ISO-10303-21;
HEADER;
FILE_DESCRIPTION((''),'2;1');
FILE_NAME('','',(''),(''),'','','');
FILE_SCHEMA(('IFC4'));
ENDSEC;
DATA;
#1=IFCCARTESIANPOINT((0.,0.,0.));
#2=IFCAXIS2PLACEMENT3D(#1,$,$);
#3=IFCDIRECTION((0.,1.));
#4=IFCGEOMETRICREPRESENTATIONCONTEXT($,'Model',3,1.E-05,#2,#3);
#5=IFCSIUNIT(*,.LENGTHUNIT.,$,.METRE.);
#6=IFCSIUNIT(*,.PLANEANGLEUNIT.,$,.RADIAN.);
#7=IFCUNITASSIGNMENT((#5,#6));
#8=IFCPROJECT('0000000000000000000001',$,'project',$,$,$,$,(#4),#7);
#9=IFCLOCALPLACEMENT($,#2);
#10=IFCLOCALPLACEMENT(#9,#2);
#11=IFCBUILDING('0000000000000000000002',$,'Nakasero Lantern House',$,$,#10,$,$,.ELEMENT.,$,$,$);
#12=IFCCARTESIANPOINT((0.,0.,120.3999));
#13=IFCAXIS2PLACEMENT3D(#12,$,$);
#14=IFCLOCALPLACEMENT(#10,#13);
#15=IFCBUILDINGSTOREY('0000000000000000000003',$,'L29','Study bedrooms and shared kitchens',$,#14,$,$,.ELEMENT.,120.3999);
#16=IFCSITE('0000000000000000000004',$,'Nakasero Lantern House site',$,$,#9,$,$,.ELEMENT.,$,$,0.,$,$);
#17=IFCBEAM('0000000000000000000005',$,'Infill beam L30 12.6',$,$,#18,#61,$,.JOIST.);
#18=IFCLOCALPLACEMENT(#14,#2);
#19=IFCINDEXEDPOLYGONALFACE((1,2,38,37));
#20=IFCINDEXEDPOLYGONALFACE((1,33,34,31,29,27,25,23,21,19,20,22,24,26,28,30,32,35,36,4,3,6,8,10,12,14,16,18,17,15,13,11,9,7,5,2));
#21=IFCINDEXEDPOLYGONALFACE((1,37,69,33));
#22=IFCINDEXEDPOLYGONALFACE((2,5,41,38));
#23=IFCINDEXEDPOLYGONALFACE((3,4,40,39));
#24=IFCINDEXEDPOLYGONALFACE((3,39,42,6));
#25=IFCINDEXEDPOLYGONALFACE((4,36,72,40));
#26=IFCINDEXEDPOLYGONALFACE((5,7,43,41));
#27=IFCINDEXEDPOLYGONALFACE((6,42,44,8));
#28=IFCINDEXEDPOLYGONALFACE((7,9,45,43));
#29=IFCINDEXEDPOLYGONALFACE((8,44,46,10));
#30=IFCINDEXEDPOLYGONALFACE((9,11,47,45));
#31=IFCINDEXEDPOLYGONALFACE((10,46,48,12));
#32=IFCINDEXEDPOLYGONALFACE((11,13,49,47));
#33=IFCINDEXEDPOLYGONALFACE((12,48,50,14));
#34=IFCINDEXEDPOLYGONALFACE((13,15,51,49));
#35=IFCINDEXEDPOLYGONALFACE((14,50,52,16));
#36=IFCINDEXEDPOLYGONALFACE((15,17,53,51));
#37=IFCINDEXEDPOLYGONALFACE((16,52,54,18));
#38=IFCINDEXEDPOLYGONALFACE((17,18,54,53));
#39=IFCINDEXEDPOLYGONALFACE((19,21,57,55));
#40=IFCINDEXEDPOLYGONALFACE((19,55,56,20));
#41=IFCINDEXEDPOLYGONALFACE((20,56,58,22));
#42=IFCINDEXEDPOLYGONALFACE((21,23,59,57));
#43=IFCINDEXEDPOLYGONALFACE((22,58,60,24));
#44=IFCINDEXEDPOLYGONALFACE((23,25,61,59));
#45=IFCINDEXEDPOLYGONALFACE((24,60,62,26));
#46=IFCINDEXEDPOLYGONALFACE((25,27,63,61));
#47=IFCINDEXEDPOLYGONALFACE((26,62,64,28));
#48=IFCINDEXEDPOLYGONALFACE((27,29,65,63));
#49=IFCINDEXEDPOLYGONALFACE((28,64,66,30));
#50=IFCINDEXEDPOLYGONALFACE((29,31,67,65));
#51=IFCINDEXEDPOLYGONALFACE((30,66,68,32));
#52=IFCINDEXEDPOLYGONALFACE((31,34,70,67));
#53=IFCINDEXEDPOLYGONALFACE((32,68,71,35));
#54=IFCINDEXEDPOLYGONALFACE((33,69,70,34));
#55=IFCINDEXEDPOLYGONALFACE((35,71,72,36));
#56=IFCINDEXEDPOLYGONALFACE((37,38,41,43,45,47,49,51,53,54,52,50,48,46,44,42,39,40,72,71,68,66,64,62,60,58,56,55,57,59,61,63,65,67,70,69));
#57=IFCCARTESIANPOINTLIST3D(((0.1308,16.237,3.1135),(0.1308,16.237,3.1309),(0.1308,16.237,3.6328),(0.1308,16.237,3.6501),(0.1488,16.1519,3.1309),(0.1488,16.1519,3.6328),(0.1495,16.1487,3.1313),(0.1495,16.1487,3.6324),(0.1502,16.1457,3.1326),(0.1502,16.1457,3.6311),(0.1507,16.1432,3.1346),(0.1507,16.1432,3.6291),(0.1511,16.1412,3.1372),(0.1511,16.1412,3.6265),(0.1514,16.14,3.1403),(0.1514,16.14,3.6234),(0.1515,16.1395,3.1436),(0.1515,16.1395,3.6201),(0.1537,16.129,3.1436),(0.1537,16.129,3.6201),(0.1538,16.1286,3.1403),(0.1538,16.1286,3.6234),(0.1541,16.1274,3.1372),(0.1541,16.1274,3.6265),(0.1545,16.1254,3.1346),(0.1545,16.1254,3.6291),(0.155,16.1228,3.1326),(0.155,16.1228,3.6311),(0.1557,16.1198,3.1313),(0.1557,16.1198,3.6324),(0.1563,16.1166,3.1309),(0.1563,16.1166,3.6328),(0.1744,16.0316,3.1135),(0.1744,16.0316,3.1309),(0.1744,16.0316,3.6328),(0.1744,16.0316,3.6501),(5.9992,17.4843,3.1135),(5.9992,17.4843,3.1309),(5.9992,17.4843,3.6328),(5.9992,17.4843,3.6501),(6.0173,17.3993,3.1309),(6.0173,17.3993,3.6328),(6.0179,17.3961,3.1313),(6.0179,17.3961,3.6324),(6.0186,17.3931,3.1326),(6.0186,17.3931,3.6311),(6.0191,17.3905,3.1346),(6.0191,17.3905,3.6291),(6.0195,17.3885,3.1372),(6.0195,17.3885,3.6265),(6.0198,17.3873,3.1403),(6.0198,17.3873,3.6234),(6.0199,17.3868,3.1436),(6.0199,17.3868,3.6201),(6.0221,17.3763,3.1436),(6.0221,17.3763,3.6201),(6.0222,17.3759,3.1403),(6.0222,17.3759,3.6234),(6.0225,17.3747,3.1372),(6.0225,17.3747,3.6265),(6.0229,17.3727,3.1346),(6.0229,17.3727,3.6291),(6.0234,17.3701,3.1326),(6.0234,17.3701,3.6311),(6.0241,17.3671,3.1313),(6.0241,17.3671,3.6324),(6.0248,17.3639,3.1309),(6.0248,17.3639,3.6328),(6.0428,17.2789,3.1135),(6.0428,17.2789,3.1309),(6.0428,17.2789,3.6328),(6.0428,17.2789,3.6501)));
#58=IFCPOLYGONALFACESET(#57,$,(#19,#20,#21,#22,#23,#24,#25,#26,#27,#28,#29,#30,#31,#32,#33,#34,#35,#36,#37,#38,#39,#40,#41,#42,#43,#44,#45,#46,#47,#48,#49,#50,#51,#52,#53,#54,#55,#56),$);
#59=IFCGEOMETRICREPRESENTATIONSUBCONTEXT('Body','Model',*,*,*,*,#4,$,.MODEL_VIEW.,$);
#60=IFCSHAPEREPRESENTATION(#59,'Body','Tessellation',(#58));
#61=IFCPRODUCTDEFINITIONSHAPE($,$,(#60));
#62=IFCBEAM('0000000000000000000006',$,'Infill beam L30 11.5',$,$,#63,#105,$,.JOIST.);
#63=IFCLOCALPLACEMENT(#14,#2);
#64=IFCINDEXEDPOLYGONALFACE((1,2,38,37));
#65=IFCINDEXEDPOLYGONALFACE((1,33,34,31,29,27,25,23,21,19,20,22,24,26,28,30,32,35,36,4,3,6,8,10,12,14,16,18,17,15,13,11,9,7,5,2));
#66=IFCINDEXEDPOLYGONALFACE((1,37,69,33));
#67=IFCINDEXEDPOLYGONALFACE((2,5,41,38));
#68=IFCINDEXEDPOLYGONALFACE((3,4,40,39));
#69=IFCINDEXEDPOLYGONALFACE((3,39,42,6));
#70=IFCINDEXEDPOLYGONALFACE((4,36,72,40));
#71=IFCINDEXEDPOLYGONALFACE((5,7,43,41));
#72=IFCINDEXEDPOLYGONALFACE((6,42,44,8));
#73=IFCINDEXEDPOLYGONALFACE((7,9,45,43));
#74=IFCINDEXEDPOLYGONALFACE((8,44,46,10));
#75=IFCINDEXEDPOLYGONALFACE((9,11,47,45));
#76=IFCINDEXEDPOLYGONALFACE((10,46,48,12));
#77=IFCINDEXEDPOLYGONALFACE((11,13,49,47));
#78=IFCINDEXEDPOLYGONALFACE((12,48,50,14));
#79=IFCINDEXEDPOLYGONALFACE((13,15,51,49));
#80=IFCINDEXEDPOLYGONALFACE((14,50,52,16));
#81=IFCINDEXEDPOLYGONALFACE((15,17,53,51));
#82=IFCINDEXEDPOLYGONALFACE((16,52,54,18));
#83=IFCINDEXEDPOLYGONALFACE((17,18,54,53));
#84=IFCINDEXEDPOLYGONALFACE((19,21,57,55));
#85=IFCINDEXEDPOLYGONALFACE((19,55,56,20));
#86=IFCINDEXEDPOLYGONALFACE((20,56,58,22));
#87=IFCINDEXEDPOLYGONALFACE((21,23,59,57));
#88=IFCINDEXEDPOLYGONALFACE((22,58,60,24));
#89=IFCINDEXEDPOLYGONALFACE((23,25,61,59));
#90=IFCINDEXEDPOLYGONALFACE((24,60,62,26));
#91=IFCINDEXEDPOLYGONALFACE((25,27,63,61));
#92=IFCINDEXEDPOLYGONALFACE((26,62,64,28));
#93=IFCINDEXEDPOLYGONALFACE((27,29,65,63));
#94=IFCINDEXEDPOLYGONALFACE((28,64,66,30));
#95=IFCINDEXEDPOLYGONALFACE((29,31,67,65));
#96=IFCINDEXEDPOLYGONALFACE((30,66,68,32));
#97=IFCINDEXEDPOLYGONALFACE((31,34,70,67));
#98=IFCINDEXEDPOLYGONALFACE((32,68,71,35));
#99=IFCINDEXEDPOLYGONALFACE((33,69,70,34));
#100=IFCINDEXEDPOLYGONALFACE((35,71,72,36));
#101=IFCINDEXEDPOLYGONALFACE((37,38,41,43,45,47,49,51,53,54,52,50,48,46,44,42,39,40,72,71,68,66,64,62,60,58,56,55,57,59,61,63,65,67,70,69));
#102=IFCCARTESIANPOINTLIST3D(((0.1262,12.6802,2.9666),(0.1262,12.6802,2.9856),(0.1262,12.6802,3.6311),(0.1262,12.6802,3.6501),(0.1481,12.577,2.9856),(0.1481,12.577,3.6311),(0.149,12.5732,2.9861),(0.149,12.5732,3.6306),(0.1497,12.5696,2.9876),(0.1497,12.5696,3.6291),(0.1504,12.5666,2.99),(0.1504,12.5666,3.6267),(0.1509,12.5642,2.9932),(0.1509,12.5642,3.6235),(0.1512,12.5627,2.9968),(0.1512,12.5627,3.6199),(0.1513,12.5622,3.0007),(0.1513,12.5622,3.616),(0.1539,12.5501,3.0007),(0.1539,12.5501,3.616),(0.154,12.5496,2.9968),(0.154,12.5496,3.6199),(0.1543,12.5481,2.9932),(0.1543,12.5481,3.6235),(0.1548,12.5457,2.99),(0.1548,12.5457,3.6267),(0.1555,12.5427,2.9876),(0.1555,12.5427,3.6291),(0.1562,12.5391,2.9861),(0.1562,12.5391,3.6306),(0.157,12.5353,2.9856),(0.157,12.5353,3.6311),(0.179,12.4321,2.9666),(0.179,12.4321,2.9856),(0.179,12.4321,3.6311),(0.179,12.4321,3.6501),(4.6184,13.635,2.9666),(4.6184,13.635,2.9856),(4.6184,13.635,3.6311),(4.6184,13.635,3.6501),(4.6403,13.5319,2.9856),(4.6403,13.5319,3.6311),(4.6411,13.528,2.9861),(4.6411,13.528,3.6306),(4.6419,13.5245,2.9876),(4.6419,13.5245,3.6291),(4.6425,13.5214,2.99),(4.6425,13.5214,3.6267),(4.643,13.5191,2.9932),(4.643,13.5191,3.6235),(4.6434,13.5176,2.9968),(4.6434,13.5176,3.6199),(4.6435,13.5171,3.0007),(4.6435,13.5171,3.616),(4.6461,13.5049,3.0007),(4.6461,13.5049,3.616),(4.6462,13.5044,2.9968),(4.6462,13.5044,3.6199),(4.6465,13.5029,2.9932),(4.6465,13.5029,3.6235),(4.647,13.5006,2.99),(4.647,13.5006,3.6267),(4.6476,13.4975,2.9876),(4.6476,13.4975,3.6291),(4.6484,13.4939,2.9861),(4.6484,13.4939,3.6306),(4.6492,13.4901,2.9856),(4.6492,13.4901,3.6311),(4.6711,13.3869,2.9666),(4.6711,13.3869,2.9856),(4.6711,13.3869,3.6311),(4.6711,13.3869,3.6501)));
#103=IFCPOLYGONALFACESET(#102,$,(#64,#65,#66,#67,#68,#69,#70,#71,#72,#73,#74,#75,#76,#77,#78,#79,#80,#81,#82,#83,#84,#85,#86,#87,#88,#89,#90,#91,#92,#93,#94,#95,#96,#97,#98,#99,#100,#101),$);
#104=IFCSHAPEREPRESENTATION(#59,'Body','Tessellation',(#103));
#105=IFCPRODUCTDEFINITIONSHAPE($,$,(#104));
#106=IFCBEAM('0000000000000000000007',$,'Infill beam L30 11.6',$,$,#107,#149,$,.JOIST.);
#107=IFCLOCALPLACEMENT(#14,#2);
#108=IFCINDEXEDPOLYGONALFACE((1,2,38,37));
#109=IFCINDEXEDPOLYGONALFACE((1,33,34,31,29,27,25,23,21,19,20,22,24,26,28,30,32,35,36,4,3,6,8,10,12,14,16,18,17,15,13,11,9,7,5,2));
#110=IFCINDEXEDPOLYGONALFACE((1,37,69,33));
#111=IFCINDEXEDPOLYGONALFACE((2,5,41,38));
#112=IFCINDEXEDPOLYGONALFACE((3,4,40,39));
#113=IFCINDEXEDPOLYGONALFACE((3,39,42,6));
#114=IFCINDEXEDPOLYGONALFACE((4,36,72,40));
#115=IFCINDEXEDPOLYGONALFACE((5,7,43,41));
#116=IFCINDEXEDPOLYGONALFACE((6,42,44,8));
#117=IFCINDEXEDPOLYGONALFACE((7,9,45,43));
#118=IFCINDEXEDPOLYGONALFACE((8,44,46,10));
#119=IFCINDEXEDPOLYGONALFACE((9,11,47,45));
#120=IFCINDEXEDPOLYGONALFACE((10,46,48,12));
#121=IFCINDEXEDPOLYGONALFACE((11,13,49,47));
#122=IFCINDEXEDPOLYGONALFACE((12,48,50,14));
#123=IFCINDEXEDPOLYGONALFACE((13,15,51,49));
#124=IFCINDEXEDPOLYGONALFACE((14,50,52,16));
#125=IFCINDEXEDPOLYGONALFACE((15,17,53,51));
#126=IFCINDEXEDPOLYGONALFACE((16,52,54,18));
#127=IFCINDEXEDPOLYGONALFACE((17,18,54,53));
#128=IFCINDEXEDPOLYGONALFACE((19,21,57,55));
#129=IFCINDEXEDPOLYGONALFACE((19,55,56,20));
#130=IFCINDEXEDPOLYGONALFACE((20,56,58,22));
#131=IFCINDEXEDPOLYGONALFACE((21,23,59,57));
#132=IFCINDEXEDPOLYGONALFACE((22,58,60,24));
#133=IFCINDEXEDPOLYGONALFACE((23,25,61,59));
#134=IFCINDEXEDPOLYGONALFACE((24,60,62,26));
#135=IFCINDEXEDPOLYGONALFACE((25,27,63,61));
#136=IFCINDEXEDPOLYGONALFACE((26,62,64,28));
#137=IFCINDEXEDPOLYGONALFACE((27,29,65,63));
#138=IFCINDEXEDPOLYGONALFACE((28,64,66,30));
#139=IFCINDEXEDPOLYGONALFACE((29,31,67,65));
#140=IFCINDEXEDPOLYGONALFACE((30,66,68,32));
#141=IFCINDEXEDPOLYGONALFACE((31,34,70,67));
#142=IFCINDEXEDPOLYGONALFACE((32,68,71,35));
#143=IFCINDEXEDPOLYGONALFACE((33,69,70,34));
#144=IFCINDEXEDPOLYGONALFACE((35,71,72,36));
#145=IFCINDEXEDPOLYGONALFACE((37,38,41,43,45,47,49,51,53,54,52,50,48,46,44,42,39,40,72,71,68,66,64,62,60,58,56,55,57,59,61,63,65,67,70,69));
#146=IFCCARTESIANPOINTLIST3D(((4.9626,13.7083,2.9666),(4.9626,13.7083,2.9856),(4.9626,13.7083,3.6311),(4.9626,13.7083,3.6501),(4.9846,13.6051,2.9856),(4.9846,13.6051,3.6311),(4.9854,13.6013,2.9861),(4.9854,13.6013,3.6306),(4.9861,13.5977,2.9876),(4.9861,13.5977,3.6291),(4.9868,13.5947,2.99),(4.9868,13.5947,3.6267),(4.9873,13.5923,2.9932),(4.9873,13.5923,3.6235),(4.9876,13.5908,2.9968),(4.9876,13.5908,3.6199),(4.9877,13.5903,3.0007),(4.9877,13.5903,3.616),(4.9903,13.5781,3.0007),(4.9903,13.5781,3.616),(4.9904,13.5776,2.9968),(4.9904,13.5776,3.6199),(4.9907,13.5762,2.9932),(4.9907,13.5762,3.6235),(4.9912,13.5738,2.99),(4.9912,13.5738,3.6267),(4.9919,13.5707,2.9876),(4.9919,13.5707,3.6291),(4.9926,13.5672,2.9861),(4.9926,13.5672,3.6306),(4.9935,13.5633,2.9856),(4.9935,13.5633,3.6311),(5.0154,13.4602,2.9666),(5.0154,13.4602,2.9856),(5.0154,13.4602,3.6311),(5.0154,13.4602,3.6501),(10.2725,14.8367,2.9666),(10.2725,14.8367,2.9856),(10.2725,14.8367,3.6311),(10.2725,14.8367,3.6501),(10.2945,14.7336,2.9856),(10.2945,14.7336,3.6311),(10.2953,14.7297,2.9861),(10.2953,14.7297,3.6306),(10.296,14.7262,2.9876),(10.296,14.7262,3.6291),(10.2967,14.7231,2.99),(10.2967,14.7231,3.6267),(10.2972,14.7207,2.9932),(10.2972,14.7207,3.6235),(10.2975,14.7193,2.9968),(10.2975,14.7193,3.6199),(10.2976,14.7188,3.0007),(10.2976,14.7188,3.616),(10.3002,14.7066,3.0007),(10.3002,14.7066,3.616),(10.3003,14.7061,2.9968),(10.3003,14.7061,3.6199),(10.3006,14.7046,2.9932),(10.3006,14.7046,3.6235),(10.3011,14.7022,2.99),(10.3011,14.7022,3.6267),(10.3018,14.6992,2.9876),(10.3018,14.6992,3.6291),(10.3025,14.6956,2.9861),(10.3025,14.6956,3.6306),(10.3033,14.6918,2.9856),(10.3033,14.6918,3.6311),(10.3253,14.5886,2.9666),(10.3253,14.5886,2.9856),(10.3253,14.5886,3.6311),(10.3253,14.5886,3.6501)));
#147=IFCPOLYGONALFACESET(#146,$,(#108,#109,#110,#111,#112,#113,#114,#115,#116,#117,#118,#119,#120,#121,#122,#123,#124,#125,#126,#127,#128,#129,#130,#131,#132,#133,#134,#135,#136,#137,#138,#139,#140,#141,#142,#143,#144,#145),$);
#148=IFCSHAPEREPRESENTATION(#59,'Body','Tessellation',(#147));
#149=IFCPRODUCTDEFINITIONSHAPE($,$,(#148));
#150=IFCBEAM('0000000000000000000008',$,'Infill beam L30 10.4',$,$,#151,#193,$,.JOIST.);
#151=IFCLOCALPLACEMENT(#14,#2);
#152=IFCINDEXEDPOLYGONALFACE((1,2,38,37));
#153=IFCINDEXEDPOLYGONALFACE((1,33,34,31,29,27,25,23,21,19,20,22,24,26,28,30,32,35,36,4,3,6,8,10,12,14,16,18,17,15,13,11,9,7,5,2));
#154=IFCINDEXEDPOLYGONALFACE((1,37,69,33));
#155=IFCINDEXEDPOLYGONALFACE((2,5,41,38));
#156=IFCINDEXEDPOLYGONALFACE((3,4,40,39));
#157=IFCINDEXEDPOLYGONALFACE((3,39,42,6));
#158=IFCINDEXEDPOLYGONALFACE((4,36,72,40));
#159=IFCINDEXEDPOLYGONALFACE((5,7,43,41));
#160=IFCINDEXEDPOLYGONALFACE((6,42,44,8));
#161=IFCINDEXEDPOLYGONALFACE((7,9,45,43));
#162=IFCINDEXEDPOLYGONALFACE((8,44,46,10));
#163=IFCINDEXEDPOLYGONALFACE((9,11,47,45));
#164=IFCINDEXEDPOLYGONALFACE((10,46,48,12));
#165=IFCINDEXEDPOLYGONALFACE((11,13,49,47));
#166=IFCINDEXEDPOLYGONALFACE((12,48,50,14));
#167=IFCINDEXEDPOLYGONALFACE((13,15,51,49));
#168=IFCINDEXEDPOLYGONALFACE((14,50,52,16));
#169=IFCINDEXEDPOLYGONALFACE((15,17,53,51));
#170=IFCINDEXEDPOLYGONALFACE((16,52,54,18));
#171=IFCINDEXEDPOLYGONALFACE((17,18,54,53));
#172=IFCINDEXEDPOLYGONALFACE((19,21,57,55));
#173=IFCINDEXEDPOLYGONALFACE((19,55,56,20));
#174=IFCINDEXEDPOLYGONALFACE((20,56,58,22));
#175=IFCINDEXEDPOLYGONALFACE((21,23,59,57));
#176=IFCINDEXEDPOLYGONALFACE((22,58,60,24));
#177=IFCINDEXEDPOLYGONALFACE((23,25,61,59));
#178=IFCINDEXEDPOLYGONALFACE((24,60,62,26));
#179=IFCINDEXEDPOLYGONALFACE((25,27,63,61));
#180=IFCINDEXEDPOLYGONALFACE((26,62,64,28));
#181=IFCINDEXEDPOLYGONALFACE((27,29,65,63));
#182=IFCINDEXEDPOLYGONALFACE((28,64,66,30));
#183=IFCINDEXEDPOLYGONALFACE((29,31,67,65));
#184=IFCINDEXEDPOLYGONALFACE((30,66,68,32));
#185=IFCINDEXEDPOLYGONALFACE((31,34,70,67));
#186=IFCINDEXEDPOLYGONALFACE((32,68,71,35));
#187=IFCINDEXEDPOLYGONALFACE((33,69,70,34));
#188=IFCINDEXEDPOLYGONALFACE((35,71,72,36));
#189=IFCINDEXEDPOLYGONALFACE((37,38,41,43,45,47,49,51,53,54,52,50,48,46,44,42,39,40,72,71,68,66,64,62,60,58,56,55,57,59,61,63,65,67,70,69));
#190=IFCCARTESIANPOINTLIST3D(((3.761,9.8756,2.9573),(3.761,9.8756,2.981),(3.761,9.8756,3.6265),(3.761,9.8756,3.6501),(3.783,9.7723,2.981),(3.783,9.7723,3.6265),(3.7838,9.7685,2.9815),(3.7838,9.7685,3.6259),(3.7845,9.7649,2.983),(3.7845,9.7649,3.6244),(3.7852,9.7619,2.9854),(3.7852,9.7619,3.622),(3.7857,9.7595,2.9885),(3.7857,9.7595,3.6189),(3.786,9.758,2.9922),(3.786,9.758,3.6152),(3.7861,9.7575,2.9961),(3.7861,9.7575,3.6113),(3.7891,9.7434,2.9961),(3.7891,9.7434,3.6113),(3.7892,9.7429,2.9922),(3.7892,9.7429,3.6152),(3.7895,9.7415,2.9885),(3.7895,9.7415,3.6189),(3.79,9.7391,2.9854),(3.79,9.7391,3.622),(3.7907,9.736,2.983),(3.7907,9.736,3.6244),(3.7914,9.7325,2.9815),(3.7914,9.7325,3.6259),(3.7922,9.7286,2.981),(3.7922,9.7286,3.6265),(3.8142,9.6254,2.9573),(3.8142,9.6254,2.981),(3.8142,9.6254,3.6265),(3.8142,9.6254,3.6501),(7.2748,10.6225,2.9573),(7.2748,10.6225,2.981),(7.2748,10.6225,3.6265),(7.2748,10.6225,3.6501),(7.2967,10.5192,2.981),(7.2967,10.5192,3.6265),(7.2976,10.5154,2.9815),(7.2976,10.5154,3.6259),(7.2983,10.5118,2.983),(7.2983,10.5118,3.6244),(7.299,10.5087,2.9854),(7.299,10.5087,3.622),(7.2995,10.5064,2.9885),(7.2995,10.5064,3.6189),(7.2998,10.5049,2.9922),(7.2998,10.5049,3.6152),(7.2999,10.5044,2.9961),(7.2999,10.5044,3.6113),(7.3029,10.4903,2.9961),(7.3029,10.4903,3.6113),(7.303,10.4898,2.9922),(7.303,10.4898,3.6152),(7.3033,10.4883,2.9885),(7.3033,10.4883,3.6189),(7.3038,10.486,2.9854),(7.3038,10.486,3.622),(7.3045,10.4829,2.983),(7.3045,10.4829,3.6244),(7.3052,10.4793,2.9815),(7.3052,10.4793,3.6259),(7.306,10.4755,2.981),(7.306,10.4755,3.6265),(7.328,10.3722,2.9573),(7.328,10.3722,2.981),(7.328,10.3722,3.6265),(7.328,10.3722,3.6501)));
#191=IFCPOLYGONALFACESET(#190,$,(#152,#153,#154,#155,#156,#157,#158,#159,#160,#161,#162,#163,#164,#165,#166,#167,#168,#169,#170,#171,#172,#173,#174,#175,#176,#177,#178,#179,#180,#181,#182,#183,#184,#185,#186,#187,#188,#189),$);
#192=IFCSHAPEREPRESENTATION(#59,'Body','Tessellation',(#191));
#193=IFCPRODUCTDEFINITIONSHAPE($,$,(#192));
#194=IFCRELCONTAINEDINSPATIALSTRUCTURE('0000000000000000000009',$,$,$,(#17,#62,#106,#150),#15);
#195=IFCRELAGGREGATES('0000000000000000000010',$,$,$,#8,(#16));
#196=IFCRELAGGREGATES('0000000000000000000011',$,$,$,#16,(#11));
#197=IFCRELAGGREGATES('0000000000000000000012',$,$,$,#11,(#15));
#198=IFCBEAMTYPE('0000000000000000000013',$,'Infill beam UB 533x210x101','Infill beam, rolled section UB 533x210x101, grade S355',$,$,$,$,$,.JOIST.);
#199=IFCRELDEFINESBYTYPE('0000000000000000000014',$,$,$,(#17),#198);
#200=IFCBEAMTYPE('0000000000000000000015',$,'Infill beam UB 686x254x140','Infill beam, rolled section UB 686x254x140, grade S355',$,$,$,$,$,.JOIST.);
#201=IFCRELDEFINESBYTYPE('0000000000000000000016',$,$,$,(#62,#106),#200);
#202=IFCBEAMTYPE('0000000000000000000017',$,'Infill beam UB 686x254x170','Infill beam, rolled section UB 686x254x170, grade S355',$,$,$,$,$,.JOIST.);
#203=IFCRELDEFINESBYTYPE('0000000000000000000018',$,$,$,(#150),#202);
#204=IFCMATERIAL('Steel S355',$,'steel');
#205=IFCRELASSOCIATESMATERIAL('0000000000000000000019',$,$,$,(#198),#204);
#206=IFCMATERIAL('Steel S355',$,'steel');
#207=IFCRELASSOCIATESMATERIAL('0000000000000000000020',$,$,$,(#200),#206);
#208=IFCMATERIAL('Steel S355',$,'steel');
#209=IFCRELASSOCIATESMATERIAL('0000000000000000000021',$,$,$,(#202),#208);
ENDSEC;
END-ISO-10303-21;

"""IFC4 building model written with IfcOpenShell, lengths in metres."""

from ifc_helpers import new_model, si_unit, direction, frame, origin, origin_2d, place, context, subcontext, project, spatial, i_section, extrude, material, material_profile, profile_set, type_object, element, save


model = new_model("IFC4")

# Units and contexts
model_context = context("Model", 3, precision=1e-05, world=origin(), true_north=direction((0.0, 1.0)))
body_context = subcontext(model_context, "Body", "Model", "MODEL_VIEW")
ifc_project = project(units=[si_unit("LENGTHUNIT", "METRE"), si_unit("PLANEANGLEUNIT", "RADIAN")], contexts=[model_context])

# Site, building, storey
site_placement = place(None, origin())
site = spatial("IfcSite", under=ifc_project, at=site_placement, Name="Nakasero Lantern House site", CompositionType="ELEMENT", RefElevation=0.0)
building_placement = place(site_placement, origin())
building = spatial("IfcBuilding", under=site, at=building_placement, Name="Nakasero Lantern House", CompositionType="ELEMENT")
storey_placement = place(building_placement, frame((0.0, 0.0, 120.3999)))
storey = spatial("IfcBuildingStorey", under=building, at=storey_placement, Name="L29", Description="Study bedrooms and shared kitchens", CompositionType="ELEMENT", Elevation=120.3999)

# Beams
ifc_material_1 = material(Name="Steel S355", Category="steel")
ifc_material_profile_1 = material_profile(ifc_material_1, i_section(OverallWidth=0.21, OverallDepth=0.5366, WebThickness=0.0107, FlangeThickness=0.0173, FilletRadius=0.0127, at=origin_2d()), Name="UB 533x210x101")
ifc_profile_set_1 = profile_set([ifc_material_profile_1], Name="Steel S355")
beam_type_1 = type_object("IfcBeamType", Name="Infill beam UB 533x210x101", Description="Infill beam, rolled section UB 533x210x101, grade S355", PredefinedType="JOIST", material=ifc_profile_set_1)
beam_1_placement = place(storey_placement, frame((0.1526, 16.1343, 3.3818), z_axis=(0.978149, 0.207903, 0.0), x_axis=(-0.207903, 0.978149, 0.0)))
element("IfcBeam", 1, at=beam_1_placement, inside=storey, type_object=beam_type_1, Name="Infill beam L30 12.6", PredefinedType="JOIST", context=body_context, shape_type="SweptSolid", body=[
    extrude(i_section(OverallWidth=0.21, OverallDepth=0.5366, WebThickness=0.0107, FlangeThickness=0.0173, FilletRadius=0.0127, at=origin_2d()), origin(), (0.0, 0.0, 1.0), 5.9995),
])
ifc_material_2 = material(Name="Steel S355", Category="steel")
ifc_material_profile_2 = material_profile(ifc_material_2, i_section(OverallWidth=0.2537, OverallDepth=0.6836, WebThickness=0.0125, FlangeThickness=0.019, FilletRadius=0.0151, at=origin_2d()), Name="UB 686x254x140")
ifc_profile_set_2 = profile_set([ifc_material_profile_2], Name="Steel S355")
beam_type_2 = type_object("IfcBeamType", Name="Infill beam UB 686x254x140", Description="Infill beam, rolled section UB 686x254x140, grade S355", PredefinedType="JOIST", material=ifc_profile_set_2)
beam_2_placement = place(storey_placement, frame((0.1526, 12.5562, 3.3083), z_axis=(0.978148, 0.20791, 0.0), x_axis=(-0.20791, 0.978148, 0.0)))
element("IfcBeam", 2, at=beam_2_placement, inside=storey, type_object=beam_type_2, Name="Infill beam L30 11.5", PredefinedType="JOIST", context=body_context, shape_type="SweptSolid", body=[
    extrude(i_section(OverallWidth=0.2537, OverallDepth=0.6836, WebThickness=0.0125, FlangeThickness=0.019, FilletRadius=0.0151, at=origin_2d()), origin(), (0.0, 0.0, 1.0), 4.5925),
])
beam_3_placement = place(storey_placement, frame((4.989, 13.5842, 3.3083), z_axis=(0.978156, 0.207873, 0.0), x_axis=(-0.207873, 0.978156, 0.0)))
element("IfcBeam", 3, at=beam_3_placement, inside=storey, type_object=beam_type_2, Name="Infill beam L30 11.6", PredefinedType="JOIST", context=body_context, shape_type="SweptSolid", body=[
    extrude(i_section(OverallWidth=0.2537, OverallDepth=0.6836, WebThickness=0.0125, FlangeThickness=0.019, FilletRadius=0.0151, at=origin_2d()), origin(), (0.0, 0.0, 1.0), 5.4285),
])
ifc_material_3 = material(Name="Steel S355", Category="steel")
ifc_material_profile_3 = material_profile(ifc_material_3, i_section(OverallWidth=0.2559, OverallDepth=0.6929, WebThickness=0.0144, FlangeThickness=0.0237, FilletRadius=0.0151, at=origin_2d()), Name="UB 686x254x170")
ifc_profile_set_3 = profile_set([ifc_material_profile_3], Name="Steel S355")
beam_type_3 = type_object("IfcBeamType", Name="Infill beam UB 686x254x170", Description="Infill beam, rolled section UB 686x254x170, grade S355", PredefinedType="JOIST", material=ifc_profile_set_3)
beam_4_placement = place(storey_placement, frame((3.7876, 9.7505, 3.3037), z_axis=(0.978149, 0.207904, 0.0), x_axis=(-0.207904, 0.978149, 0.0)))
element("IfcBeam", 4, at=beam_4_placement, inside=storey, type_object=beam_type_3, Name="Infill beam L30 10.4", PredefinedType="JOIST", context=body_context, shape_type="SweptSolid", body=[
    extrude(i_section(OverallWidth=0.2559, OverallDepth=0.6929, WebThickness=0.0144, FlangeThickness=0.0237, FilletRadius=0.0151, at=origin_2d()), origin(), (0.0, 0.0, 1.0), 3.5923),
])

save(model, "model.ifc")
